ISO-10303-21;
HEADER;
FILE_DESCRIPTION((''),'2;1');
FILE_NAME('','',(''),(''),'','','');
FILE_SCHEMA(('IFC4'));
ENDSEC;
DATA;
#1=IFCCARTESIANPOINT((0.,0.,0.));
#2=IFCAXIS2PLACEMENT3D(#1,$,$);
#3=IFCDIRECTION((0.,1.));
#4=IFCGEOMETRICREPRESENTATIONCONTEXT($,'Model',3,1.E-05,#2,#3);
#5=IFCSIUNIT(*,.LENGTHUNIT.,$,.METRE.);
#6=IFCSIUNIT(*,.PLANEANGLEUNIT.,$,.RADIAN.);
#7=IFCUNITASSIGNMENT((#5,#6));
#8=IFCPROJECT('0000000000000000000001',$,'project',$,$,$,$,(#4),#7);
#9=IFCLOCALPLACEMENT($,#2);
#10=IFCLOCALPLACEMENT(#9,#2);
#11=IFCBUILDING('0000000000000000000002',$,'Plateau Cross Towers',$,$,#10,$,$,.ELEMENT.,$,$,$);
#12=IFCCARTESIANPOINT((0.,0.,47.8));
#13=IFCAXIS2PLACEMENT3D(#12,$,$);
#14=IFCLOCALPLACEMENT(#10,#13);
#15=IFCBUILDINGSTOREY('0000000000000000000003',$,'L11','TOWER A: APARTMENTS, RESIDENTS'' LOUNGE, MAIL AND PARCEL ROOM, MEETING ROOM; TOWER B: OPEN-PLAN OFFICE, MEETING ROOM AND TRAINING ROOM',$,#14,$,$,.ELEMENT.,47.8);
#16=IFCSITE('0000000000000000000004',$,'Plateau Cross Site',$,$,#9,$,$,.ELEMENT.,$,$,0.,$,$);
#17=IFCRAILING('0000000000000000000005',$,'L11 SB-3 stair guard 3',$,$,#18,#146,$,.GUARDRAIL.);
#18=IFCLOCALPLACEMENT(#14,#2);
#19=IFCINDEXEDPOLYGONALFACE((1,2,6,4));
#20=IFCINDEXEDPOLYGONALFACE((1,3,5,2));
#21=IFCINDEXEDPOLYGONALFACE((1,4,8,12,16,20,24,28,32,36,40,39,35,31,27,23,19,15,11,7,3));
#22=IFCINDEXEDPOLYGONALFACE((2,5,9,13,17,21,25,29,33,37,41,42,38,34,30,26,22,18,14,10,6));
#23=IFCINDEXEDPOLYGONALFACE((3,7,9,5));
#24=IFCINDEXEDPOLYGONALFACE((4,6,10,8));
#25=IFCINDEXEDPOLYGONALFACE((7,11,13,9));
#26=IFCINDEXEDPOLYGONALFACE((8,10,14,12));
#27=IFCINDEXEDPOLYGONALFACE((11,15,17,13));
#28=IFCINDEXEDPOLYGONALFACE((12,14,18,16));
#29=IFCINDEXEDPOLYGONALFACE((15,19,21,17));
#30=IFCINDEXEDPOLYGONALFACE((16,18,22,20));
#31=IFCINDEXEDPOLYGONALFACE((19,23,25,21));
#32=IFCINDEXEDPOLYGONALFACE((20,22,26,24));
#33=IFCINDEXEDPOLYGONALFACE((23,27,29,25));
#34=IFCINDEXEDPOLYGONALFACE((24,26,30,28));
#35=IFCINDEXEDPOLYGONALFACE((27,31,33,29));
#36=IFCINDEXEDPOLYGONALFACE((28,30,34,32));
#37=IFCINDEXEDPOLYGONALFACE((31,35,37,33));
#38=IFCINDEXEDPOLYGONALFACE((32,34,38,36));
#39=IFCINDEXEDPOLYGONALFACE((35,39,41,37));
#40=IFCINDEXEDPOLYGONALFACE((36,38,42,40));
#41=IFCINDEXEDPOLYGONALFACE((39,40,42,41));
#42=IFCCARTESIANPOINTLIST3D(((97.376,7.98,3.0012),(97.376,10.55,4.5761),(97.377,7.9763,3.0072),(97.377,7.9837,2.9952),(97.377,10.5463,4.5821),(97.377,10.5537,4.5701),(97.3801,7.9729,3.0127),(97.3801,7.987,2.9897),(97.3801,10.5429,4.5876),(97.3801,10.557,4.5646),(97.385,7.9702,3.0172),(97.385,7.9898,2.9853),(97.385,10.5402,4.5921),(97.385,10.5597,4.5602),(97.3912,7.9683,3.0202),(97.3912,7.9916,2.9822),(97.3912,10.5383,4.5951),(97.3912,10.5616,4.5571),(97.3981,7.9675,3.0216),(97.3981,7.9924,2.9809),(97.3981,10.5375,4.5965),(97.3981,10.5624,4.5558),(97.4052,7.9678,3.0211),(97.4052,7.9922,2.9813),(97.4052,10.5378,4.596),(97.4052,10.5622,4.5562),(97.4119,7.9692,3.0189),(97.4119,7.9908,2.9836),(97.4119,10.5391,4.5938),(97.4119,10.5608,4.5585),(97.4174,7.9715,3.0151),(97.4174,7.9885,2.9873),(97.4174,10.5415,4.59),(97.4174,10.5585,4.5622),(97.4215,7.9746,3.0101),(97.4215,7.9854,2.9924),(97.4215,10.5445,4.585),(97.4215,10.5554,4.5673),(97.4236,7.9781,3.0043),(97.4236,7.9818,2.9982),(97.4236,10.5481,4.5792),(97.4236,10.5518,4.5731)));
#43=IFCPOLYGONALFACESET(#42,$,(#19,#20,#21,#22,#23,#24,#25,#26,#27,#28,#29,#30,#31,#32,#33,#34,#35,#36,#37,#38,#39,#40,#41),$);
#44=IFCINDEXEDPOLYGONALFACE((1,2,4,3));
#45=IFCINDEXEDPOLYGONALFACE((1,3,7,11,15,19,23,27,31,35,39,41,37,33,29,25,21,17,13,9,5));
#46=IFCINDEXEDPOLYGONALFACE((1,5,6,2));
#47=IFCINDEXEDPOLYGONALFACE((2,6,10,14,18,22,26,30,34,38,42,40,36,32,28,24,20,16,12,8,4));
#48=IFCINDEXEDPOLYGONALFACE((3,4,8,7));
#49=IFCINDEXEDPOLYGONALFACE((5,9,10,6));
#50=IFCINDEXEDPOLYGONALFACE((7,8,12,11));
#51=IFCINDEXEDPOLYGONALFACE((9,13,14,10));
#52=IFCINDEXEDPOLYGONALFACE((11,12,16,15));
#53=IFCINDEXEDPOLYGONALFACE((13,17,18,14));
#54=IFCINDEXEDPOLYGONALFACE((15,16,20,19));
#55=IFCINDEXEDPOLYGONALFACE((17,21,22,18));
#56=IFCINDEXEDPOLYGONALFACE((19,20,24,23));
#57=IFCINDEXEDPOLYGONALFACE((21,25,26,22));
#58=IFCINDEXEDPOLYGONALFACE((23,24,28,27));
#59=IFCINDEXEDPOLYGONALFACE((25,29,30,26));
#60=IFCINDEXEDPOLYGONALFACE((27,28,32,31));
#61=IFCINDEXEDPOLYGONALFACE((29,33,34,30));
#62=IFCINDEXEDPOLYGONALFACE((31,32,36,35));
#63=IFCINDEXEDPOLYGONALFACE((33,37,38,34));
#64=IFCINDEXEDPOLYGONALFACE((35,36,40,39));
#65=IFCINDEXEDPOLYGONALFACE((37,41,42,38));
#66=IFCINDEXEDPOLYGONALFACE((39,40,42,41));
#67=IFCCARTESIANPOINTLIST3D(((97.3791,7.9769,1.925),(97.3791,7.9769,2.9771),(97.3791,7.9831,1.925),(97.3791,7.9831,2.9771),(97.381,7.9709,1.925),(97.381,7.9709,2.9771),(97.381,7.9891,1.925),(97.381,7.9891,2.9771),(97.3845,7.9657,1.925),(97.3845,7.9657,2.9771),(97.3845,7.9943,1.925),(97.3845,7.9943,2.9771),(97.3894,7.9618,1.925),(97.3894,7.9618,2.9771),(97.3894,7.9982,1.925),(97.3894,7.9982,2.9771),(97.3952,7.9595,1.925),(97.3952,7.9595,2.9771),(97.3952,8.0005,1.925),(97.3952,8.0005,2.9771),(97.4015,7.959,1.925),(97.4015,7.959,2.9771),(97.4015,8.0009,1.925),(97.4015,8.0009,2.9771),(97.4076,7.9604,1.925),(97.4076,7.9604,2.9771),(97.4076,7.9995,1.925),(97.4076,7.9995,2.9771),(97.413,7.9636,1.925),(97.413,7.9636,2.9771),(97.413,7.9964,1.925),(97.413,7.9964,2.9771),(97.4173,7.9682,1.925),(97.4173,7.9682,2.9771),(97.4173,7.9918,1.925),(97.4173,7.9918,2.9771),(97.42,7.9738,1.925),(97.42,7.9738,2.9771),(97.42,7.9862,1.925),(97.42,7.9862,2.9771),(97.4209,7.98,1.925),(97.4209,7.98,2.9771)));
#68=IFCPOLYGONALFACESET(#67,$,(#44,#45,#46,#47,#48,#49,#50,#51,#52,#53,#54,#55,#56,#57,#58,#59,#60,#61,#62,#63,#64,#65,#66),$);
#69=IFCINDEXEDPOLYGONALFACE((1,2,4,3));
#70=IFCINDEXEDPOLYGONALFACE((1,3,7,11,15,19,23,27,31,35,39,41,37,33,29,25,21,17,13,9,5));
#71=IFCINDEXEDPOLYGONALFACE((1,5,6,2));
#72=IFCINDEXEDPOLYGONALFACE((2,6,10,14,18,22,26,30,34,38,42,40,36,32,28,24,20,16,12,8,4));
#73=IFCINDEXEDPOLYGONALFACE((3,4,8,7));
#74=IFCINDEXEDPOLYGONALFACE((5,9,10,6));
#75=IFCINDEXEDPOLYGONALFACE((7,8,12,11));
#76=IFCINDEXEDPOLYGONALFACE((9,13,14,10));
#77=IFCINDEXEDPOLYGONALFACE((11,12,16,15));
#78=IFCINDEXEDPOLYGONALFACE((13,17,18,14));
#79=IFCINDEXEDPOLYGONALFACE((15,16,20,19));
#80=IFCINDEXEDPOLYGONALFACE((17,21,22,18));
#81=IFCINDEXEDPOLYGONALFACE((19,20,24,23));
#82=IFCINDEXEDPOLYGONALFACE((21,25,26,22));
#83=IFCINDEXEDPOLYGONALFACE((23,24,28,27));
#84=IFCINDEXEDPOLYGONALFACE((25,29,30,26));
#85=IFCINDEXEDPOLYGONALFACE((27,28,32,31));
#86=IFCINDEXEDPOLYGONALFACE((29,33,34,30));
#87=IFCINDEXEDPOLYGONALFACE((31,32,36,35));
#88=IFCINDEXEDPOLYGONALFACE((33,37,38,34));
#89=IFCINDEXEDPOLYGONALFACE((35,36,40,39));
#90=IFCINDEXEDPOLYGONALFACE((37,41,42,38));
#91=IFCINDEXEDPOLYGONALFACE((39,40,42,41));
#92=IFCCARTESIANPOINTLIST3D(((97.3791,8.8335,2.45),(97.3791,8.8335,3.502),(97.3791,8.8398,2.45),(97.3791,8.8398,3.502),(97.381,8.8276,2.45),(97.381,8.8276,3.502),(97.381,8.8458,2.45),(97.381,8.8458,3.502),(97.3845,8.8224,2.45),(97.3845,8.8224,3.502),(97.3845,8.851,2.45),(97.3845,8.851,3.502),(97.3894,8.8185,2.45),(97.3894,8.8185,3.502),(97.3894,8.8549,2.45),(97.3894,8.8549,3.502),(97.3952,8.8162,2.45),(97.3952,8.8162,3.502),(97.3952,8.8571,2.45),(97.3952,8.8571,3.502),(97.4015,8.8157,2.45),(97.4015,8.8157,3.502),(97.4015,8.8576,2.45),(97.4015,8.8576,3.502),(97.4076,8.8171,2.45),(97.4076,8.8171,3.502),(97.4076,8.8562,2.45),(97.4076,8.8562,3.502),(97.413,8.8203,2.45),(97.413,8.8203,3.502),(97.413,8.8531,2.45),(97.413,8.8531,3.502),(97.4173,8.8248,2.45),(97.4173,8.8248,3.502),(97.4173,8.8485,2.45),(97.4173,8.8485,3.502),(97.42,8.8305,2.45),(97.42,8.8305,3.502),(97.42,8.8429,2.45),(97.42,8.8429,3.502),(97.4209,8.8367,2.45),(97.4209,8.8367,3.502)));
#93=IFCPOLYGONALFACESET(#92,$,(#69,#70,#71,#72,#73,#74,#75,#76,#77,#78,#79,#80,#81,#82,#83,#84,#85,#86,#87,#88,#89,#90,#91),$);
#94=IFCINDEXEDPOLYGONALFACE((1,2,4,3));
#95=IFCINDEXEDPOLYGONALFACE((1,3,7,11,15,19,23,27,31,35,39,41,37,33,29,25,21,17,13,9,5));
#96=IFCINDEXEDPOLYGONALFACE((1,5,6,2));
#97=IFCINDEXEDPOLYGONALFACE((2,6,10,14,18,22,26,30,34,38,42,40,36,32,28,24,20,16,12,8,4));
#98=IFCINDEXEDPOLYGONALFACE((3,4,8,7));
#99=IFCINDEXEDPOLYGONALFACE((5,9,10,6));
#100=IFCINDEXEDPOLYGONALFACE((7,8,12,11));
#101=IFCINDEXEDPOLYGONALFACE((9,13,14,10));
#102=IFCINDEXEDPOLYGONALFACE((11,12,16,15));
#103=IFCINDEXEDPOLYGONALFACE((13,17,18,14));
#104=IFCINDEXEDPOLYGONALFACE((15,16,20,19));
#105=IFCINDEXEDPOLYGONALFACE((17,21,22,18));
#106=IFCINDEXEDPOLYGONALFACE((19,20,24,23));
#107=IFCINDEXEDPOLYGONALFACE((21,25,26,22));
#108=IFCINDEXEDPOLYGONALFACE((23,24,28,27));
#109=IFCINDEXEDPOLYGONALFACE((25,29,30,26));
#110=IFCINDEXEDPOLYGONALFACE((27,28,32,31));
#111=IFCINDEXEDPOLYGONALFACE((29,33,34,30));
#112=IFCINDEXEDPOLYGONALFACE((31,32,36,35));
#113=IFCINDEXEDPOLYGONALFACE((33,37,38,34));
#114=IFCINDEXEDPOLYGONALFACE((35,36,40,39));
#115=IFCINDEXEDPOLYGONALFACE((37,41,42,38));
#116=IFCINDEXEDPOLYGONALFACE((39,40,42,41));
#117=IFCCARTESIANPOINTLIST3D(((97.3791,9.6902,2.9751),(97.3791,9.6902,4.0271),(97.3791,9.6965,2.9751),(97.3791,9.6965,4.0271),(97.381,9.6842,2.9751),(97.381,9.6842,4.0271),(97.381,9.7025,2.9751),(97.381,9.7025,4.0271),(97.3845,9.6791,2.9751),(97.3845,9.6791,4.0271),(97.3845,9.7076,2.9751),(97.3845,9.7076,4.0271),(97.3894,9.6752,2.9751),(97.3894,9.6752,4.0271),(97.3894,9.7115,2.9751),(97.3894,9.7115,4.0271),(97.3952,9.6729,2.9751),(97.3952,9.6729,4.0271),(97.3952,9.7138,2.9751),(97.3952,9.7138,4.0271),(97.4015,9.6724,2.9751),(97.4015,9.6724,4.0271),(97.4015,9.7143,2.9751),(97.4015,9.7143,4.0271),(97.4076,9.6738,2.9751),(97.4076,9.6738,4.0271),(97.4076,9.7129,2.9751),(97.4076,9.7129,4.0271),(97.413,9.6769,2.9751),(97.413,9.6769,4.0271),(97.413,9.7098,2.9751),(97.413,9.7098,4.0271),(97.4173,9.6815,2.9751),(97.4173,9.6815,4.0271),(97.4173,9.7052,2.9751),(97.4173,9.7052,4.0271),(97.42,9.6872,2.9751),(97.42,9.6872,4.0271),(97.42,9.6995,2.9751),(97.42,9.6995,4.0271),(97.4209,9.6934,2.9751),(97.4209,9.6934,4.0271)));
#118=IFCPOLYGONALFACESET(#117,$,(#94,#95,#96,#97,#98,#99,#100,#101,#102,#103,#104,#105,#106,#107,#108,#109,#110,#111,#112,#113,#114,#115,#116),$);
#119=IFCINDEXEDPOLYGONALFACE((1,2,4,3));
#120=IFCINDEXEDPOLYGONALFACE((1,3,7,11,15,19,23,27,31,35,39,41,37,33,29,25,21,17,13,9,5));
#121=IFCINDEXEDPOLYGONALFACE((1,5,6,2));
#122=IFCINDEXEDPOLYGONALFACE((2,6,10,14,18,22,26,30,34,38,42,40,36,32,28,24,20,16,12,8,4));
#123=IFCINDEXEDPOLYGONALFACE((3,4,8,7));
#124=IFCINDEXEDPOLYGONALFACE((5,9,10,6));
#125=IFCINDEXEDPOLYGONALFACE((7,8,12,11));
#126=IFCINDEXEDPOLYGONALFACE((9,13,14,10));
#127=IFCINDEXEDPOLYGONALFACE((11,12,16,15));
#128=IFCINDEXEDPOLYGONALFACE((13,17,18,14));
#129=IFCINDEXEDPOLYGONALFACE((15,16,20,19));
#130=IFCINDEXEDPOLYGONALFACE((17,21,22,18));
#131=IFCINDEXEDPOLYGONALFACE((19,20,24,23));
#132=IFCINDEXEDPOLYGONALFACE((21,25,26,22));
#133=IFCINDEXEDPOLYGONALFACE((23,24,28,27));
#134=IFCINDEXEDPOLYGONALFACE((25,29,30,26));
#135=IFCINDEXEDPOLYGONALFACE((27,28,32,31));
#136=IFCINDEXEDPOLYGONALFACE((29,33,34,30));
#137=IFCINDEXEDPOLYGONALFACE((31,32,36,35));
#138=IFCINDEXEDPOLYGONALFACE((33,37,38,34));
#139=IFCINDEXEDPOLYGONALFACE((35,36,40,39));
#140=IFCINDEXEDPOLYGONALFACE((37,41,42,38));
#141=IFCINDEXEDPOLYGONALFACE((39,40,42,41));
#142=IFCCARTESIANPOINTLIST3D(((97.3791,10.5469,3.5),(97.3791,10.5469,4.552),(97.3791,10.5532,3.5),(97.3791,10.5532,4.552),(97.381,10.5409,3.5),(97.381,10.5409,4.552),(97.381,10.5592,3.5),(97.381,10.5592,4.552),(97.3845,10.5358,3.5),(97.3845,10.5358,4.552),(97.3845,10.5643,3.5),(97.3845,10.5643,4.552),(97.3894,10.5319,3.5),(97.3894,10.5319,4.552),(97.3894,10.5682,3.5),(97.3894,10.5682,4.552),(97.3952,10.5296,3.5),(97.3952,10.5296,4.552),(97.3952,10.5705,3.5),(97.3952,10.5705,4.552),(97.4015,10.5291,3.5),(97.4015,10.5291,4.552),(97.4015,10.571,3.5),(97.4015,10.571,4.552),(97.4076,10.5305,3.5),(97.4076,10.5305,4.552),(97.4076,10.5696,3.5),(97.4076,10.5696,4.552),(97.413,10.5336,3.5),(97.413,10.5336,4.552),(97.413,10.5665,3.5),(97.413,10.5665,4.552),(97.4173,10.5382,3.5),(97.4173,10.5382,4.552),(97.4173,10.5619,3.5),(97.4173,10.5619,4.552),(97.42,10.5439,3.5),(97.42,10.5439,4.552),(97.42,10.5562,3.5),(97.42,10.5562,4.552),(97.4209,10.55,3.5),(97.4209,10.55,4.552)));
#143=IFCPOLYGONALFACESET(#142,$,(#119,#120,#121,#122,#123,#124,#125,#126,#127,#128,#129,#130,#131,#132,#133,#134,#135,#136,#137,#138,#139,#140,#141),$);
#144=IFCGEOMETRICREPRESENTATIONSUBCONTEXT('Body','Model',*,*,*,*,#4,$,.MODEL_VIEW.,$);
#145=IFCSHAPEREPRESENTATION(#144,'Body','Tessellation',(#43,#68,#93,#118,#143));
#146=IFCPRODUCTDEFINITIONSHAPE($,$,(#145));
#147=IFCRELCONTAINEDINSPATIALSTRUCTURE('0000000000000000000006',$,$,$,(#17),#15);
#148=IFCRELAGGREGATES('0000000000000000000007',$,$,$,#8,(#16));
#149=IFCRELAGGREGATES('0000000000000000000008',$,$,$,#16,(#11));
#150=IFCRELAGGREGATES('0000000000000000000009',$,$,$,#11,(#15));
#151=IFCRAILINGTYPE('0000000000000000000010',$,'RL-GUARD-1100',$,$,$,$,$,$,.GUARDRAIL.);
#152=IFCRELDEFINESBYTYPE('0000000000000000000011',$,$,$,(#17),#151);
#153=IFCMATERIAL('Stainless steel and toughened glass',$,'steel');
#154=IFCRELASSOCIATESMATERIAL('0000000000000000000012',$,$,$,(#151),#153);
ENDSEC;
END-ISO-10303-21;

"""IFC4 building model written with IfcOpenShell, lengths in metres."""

from ifc_helpers import new_model, si_unit, direction, frame, origin, origin_2d, place, context, subcontext, project, spatial, circle, extrude, material, type_object, element, save


model = new_model("IFC4")

# Units and contexts
model_context = context("Model", 3, precision=1e-05, world=origin(), true_north=direction((0.0, 1.0)))
body_context = subcontext(model_context, "Body", "Model", "MODEL_VIEW")
ifc_project = project(units=[si_unit("LENGTHUNIT", "METRE"), si_unit("PLANEANGLEUNIT", "RADIAN")], contexts=[model_context])

# Site, building, storey
site_placement = place(None, origin())
site = spatial("IfcSite", under=ifc_project, at=site_placement, Name="Plateau Cross Site", CompositionType="ELEMENT", RefElevation=0.0)
building_placement = place(site_placement, origin())
building = spatial("IfcBuilding", under=site, at=building_placement, Name="Plateau Cross Towers", CompositionType="ELEMENT")
storey_placement = place(building_placement, frame((0.0, 0.0, 47.8)))
storey = spatial("IfcBuildingStorey", under=building, at=storey_placement, Name="L11", Description="TOWER A: APARTMENTS, RESIDENTS' LOUNGE, MAIL AND PARCEL ROOM, MEETING ROOM; TOWER B: OPEN-PLAN OFFICE, MEETING ROOM AND TRAINING ROOM", CompositionType="ELEMENT", Elevation=47.8)

# Railing
ifc_material_1 = material(Name="Stainless steel and toughened glass", Category="steel")
railing_type_1 = type_object("IfcRailingType", Name="RL-GUARD-1100", PredefinedType="GUARDRAIL", material=ifc_material_1)
railing_1_placement = place(storey_placement, frame((97.3999, 7.98, 1.925)))
element("IfcRailing", 1, at=railing_1_placement, inside=storey, type_object=railing_type_1, Name="L11 SB-3 stair guard 3", PredefinedType="GUARDRAIL", context=body_context, shape_type="SweptSolid", body=[
    extrude(circle(Radius=0.0239, at=origin_2d()), frame((0.0, 0.0, 1.0762), z_axis=(0.0, 0.852639, 0.522501), x_axis=(-1.0, 0.0, 0.0)), (0.0, 0.0, 1.0), 3.0142),
    extrude(circle(Radius=0.021, at=origin_2d()), origin(), (0.0, 0.0, 1.0), 1.052),
    extrude(circle(Radius=0.021, at=origin_2d()), frame((0.0, 0.8567, 0.5249)), (0.0, 0.0, 1.0), 1.052),
    extrude(circle(Radius=0.021, at=origin_2d()), frame((0.0, 1.7134, 1.05)), (0.0, 0.0, 1.0), 1.052),
    extrude(circle(Radius=0.021, at=origin_2d()), frame((0.0, 2.5701, 1.575)), (0.0, 0.0, 1.0), 1.052),
])

save(model, "model.ifc")
